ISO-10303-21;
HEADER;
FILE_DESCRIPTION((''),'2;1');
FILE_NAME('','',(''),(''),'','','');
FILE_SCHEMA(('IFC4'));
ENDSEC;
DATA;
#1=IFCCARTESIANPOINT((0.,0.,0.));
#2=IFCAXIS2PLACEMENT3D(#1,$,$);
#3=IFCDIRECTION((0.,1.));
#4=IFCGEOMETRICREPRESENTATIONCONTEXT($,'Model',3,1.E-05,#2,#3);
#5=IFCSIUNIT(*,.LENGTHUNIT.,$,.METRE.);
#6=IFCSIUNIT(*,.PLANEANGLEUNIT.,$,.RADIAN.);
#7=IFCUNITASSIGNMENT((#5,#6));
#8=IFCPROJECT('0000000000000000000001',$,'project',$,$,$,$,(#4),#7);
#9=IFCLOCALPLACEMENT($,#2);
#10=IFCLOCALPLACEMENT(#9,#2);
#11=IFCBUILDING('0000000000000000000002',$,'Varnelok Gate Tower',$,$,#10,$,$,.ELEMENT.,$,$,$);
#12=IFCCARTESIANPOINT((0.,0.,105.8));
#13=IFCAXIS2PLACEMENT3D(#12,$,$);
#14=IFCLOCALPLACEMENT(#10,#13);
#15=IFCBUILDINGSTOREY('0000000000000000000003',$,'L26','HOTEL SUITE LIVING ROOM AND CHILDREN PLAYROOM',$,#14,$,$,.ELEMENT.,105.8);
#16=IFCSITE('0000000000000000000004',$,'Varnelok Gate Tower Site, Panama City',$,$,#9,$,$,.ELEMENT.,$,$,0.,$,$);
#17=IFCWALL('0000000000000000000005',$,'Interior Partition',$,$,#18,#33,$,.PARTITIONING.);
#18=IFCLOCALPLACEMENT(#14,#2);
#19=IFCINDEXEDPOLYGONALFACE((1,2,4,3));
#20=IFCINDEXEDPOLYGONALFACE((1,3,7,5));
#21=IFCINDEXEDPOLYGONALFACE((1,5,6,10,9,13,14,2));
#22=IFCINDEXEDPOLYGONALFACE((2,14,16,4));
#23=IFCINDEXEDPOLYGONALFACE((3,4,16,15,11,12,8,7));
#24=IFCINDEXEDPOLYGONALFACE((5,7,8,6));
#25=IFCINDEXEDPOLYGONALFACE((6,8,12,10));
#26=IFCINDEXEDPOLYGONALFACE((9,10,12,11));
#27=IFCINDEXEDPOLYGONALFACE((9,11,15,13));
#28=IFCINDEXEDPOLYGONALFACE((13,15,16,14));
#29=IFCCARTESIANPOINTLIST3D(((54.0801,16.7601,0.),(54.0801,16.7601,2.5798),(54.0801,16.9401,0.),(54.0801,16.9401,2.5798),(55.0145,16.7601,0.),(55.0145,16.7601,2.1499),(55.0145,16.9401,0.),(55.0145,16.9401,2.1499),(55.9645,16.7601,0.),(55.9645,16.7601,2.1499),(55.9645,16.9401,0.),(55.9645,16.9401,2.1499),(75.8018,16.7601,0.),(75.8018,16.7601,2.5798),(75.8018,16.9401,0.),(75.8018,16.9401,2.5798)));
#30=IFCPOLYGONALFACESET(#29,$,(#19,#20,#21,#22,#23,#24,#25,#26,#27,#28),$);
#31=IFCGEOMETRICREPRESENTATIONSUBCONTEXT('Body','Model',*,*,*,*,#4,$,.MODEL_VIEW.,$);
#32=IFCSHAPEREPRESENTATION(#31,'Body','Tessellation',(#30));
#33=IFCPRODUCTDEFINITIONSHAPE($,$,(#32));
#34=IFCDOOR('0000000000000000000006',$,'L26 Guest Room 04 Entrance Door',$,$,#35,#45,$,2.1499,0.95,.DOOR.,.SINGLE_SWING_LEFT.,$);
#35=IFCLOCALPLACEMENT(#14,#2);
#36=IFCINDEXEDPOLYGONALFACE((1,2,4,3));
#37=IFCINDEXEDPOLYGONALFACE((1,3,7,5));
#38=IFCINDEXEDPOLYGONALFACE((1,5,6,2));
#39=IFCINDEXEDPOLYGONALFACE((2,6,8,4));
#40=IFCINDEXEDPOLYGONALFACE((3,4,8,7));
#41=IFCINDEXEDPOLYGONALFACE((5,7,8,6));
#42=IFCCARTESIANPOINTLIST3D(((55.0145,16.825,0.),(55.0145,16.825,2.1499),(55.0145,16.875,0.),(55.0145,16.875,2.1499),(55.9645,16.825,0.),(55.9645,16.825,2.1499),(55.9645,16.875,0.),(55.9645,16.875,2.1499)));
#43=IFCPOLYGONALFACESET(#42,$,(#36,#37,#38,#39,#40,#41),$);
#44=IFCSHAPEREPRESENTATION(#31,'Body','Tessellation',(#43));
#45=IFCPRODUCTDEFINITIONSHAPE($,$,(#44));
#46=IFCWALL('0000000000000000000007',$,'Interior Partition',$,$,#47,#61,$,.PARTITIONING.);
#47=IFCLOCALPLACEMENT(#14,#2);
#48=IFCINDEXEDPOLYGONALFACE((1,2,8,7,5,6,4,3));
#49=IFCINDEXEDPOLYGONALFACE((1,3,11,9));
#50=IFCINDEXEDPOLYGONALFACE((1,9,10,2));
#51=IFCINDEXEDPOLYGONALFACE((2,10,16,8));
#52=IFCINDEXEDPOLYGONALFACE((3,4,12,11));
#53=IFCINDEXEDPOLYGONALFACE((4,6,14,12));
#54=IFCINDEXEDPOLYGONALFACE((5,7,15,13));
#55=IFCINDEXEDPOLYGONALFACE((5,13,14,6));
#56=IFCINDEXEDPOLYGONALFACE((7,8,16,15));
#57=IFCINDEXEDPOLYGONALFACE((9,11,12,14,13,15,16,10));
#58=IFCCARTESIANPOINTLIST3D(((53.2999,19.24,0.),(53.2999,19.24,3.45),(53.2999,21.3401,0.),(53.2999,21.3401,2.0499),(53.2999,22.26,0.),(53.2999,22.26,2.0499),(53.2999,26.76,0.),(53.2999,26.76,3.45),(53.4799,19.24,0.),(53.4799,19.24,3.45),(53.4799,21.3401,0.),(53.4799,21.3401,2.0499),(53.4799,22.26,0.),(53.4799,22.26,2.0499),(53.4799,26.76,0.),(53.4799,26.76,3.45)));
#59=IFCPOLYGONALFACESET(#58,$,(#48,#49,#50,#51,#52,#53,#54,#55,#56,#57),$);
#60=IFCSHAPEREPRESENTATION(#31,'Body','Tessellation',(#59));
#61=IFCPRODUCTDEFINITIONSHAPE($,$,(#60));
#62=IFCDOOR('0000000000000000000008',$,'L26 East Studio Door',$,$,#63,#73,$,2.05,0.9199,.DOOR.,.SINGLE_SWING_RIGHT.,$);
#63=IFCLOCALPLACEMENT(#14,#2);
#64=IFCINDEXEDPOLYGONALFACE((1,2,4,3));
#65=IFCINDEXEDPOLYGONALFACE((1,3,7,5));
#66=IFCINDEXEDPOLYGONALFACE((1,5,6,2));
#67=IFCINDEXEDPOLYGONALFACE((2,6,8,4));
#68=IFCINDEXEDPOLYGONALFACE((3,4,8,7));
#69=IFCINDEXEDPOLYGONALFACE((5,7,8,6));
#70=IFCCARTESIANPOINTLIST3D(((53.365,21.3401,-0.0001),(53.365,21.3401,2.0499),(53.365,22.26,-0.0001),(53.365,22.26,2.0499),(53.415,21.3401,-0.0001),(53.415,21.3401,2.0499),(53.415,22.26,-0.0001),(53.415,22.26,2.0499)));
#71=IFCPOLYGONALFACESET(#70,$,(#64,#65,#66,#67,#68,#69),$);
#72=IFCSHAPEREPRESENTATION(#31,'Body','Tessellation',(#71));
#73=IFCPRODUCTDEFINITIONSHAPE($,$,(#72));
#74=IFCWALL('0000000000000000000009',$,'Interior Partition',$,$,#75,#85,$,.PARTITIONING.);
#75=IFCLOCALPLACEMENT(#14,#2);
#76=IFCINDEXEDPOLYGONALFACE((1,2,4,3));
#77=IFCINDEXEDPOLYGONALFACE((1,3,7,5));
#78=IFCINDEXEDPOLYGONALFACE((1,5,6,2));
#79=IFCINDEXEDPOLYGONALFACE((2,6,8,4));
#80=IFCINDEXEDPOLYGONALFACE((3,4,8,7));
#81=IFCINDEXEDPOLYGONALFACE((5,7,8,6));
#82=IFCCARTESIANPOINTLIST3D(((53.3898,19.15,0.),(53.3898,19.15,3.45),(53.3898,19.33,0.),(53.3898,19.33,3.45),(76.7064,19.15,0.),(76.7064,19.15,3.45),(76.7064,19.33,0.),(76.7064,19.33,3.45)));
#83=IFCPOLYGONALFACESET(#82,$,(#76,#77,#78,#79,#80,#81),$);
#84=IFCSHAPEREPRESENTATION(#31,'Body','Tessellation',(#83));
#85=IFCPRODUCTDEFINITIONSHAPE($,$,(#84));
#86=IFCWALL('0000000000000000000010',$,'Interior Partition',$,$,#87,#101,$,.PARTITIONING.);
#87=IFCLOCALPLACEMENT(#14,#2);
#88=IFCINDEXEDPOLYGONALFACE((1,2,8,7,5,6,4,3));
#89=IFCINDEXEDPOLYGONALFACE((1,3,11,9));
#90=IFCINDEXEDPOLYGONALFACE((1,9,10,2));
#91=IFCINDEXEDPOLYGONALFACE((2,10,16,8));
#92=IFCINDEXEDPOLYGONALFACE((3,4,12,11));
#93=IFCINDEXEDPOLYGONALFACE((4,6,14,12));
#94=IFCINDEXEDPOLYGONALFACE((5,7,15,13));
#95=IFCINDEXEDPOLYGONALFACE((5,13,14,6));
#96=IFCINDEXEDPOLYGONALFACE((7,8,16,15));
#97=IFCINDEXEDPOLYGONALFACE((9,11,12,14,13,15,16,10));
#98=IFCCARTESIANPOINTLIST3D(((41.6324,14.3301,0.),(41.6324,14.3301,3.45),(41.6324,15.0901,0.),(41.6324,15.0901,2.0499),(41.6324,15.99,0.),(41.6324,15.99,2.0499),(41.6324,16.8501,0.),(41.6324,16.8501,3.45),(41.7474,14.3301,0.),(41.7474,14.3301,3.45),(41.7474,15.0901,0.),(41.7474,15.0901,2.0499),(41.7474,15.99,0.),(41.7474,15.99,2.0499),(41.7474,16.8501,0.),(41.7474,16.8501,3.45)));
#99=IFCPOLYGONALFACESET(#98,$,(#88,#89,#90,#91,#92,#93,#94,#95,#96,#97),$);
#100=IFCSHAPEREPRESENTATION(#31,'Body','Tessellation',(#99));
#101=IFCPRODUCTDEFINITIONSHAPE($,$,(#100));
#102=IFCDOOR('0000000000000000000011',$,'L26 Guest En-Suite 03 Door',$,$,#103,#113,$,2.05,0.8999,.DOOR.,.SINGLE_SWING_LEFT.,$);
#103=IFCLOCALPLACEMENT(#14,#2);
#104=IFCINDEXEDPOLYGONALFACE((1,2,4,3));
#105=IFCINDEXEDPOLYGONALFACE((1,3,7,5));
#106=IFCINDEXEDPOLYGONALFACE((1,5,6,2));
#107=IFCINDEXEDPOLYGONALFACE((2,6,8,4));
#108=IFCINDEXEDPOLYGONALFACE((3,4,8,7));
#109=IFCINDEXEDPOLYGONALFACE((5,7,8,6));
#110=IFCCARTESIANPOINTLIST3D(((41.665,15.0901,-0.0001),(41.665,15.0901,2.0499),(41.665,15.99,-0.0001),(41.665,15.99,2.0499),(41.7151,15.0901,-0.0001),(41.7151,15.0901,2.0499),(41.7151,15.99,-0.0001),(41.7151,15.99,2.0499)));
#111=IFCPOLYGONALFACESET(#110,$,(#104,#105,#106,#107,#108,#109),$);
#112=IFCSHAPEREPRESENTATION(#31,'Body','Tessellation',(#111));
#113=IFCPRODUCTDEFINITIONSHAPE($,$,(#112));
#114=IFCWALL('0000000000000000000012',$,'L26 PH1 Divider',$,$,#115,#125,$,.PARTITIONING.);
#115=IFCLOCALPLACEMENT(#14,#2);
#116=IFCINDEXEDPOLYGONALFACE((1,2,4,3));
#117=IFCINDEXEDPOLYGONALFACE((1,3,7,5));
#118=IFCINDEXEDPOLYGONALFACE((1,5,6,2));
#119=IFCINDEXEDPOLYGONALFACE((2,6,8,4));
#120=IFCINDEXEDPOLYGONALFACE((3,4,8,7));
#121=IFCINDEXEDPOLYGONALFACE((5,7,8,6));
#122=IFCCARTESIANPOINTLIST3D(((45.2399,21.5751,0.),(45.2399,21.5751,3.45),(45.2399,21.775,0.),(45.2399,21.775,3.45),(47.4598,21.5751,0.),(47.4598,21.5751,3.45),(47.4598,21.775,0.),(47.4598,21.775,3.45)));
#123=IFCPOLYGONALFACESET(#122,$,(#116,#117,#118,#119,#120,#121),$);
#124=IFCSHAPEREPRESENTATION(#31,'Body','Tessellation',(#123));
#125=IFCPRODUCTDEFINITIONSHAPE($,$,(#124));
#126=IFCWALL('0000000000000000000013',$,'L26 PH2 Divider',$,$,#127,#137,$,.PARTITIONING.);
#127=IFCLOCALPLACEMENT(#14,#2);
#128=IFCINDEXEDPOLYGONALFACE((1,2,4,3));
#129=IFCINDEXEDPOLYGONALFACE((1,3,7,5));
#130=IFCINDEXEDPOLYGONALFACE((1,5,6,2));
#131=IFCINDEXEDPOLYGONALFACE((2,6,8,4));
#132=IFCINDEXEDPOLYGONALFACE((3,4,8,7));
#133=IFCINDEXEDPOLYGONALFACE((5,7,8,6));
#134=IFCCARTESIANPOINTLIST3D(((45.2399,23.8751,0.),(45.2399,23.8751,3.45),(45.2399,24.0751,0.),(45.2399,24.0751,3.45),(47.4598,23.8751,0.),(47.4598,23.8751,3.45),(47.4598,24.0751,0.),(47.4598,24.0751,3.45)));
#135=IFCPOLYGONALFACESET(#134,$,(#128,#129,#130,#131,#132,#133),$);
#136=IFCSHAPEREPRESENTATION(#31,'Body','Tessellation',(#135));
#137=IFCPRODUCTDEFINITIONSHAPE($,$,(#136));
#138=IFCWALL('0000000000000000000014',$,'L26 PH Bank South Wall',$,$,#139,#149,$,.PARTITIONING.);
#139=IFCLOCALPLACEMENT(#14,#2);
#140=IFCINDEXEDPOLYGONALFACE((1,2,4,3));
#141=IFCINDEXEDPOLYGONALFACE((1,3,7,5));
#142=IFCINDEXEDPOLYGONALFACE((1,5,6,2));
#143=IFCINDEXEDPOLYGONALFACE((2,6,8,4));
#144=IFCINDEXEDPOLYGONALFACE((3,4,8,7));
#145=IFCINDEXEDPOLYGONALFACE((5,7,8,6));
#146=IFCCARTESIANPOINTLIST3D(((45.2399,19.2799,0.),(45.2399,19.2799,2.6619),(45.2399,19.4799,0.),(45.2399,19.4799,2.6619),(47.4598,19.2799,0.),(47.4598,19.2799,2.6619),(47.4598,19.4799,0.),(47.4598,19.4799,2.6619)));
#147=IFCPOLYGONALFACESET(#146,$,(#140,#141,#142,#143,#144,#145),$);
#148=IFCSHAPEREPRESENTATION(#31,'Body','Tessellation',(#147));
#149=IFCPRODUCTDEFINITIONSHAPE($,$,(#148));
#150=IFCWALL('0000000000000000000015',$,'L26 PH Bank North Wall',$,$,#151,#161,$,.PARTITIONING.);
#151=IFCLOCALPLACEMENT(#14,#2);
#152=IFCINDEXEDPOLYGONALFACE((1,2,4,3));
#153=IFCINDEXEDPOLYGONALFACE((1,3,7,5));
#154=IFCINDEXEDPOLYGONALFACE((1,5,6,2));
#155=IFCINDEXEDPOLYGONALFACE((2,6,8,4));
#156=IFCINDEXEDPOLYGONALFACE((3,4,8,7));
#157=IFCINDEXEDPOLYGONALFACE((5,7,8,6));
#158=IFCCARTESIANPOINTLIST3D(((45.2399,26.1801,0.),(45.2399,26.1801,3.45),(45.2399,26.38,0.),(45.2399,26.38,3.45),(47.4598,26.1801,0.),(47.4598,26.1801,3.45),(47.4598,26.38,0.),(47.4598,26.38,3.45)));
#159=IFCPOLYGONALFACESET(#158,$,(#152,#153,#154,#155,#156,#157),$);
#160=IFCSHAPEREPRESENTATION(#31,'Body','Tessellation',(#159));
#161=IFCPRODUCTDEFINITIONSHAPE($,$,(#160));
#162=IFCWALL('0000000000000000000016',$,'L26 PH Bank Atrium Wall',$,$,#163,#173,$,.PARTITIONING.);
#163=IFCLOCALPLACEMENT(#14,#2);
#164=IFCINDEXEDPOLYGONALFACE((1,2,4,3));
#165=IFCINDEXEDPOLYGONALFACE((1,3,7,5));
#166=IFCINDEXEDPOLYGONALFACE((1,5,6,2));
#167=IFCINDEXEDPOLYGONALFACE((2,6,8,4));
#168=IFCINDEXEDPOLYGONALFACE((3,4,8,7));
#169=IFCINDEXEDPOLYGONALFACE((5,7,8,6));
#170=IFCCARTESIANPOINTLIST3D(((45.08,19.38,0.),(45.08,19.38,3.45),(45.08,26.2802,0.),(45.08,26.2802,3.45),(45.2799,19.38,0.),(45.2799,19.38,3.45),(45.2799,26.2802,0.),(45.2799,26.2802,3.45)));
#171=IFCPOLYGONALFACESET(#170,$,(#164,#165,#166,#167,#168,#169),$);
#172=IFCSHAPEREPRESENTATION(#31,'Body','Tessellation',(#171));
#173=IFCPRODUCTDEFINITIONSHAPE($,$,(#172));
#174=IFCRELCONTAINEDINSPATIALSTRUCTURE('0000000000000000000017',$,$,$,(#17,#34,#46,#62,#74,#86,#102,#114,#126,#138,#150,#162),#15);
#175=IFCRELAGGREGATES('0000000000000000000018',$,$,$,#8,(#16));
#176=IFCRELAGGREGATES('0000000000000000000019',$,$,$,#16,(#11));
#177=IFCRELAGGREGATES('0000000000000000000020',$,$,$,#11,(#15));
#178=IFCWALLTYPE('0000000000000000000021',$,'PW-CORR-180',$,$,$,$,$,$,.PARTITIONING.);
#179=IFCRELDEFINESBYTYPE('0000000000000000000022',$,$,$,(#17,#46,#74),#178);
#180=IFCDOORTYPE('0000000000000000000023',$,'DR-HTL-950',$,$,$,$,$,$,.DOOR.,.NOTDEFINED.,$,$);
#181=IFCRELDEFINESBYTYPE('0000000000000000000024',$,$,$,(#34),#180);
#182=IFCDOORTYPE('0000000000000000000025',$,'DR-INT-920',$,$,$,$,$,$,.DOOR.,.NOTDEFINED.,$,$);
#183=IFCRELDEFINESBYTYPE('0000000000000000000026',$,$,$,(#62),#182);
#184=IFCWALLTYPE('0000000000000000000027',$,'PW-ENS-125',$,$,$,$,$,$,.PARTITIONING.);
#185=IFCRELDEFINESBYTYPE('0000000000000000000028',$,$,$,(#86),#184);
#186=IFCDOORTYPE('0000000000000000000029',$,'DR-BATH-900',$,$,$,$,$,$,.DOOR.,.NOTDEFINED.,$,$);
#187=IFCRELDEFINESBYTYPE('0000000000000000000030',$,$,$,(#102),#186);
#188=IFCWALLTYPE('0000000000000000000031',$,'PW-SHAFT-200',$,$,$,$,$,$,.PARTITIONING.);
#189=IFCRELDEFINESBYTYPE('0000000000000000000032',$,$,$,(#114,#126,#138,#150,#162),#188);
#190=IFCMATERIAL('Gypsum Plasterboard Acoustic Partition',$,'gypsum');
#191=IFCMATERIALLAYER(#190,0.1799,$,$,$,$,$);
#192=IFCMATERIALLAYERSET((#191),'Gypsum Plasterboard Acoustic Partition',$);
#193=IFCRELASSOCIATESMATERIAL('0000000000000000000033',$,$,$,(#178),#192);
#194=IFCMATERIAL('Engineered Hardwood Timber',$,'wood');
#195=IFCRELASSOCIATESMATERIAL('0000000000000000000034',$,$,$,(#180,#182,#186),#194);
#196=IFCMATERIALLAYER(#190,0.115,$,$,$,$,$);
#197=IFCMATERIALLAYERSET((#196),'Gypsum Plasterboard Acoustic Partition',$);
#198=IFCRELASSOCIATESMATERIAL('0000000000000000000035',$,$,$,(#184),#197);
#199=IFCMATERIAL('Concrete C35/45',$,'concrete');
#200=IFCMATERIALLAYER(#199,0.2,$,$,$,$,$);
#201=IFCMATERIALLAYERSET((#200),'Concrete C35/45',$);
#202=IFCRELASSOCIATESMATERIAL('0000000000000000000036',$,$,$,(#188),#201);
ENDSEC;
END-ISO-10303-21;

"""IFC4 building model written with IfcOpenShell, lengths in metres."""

from ifc_helpers import new_model, si_unit, direction, frame, frame_2d, origin, place, context, subcontext, project, spatial, rectangle, extrude, material, layer, layer_set, type_object, element, fill, save


model = new_model("IFC4")

# Units and contexts
model_context = context("Model", 3, precision=1e-05, world=origin(), true_north=direction((0.0, 1.0)))
body_context = subcontext(model_context, "Body", "Model", "MODEL_VIEW")
ifc_project = project(units=[si_unit("LENGTHUNIT", "METRE"), si_unit("PLANEANGLEUNIT", "RADIAN")], contexts=[model_context])

# Site, building, storey
site_placement = place(None, origin())
site = spatial("IfcSite", under=ifc_project, at=site_placement, Name="Varnelok Gate Tower Site, Panama City", CompositionType="ELEMENT", RefElevation=0.0)
building_placement = place(site_placement, origin())
building = spatial("IfcBuilding", under=site, at=building_placement, Name="Varnelok Gate Tower", CompositionType="ELEMENT")
storey_placement = place(building_placement, frame((0.0, 0.0, 105.8)))
storey = spatial("IfcBuildingStorey", under=building, at=storey_placement, Name="L26", Description="HOTEL SUITE LIVING ROOM AND CHILDREN PLAYROOM", CompositionType="ELEMENT", Elevation=105.8)

# Walls, openings, doors
ifc_material_1 = material(Name="Gypsum Plasterboard Acoustic Partition", Category="gypsum")
ifc_layer_1 = layer(ifc_material_1, 0.1799)
ifc_layer_set_1 = layer_set([ifc_layer_1], Name="Gypsum Plasterboard Acoustic Partition")
wall_type_1 = type_object("IfcWallType", Name="PW-CORR-180", PredefinedType="PARTITIONING", material=ifc_layer_set_1)
ifc_material_2 = material(Name="Engineered Hardwood Timber", Category="wood")
door_type_1 = type_object("IfcDoorType", Name="DR-HTL-950", OperationType="NOTDEFINED", PredefinedType="DOOR", material=ifc_material_2)
wall_1_placement = place(storey_placement, frame((54.0801, 16.8501, 0.0), z_axis=(0.0, 0.0, 1.0), x_axis=(1.0, 0.0, 0.0)))
wall_1 = element("IfcWall", 1, at=wall_1_placement, inside=storey, type_object=wall_type_1, Name="Interior Partition", PredefinedType="PARTITIONING", context=body_context, shape_type="SweptSolid", body=[
    extrude(rectangle(XDim=21.7217, YDim=0.1799, at=frame_2d((10.8608, 0.0))), origin(), (0.0, 0.0, 1.0), 2.5798),
])
opening_1_placement = place(wall_1_placement, frame((0.9343, 0.0, 0.0)))
opening_1 = element("IfcOpeningElement", 2, at=opening_1_placement, cuts=wall_1, PredefinedType="OPENING", context=body_context, shape_type="SweptSolid", body=[
    extrude(rectangle(XDim=0.95, YDim=2.1499, at=frame_2d((0.4751, 1.075))), frame((0.0, 0.0999, 0.0), z_axis=(0.0, -1.0, 0.0), x_axis=(1.0, 0.0, 0.0)), (0.0, 0.0, 1.0), 0.2),
])
door_1_placement = place(opening_1_placement, origin())
door_1 = element("IfcDoor", 3, at=door_1_placement, inside=storey, type_object=door_type_1, Name="L26 Guest Room 04 Entrance Door", OperationType="SINGLE_SWING_LEFT", OverallHeight=2.1499, OverallWidth=0.95, PredefinedType="DOOR", context=body_context, shape_type="SweptSolid", body=[
    extrude(rectangle(XDim=0.95, YDim=2.1499, at=frame_2d((0.4751, 1.075))), frame((0.0, 0.0249, 0.0), z_axis=(0.0, -1.0, 0.0), x_axis=(1.0, 0.0, 0.0)), (0.0, 0.0, 1.0), 0.05),
])
fill(opening_1, door_1)
wall_2_placement = place(storey_placement, frame((53.3899, 19.24, 0.0), z_axis=(0.0, 0.0, 1.0), x_axis=(0.0, 1.0, 0.0)))
wall_2 = element("IfcWall", 4, at=wall_2_placement, inside=storey, type_object=wall_type_1, Name="Interior Partition", PredefinedType="PARTITIONING", context=body_context, shape_type="SweptSolid", body=[
    extrude(rectangle(XDim=7.52, YDim=0.1799, at=frame_2d((3.76, 0.0))), origin(), (0.0, 0.0, 1.0), 3.45),
])
opening_2_placement = place(wall_2_placement, frame((2.1001, 0.0, 0.0)))
opening_2 = element("IfcOpeningElement", 5, at=opening_2_placement, cuts=wall_2, PredefinedType="OPENING", context=body_context, shape_type="SweptSolid", body=[
    extrude(rectangle(XDim=0.9199, YDim=2.05, at=frame_2d((0.46, 1.0249))), frame((0.0, 0.0999, 0.0), z_axis=(0.0, -1.0, 0.0), x_axis=(1.0, 0.0, 0.0)), (0.0, 0.0, 1.0), 0.2),
])
door_type_2 = type_object("IfcDoorType", Name="DR-INT-920", OperationType="NOTDEFINED", PredefinedType="DOOR", material=ifc_material_2)
door_2_placement = place(opening_2_placement, origin())
door_2 = element("IfcDoor", 6, at=door_2_placement, inside=storey, type_object=door_type_2, Name="L26 East Studio Door", OperationType="SINGLE_SWING_RIGHT", OverallHeight=2.05, OverallWidth=0.9199, PredefinedType="DOOR", context=body_context, shape_type="SweptSolid", body=[
    extrude(rectangle(XDim=0.9199, YDim=2.05, at=frame_2d((0.46, 1.0249))), frame((0.0, 0.0249, 0.0), z_axis=(0.0, -1.0, 0.0), x_axis=(1.0, 0.0, 0.0)), (0.0, 0.0, 1.0), 0.05),
])
fill(opening_2, door_2)

# Wall
wall_3_placement = place(storey_placement, frame((53.3899, 19.24, 0.0), z_axis=(0.0, 0.0, 1.0), x_axis=(1.0, 0.0, 0.0)))
element("IfcWall", 7, at=wall_3_placement, inside=storey, type_object=wall_type_1, Name="Interior Partition", PredefinedType="PARTITIONING", context=body_context, shape_type="SweptSolid", body=[
    extrude(rectangle(XDim=23.3167, YDim=0.1799, at=frame_2d((11.6582, 0.0))), origin(), (0.0, 0.0, 1.0), 3.45),
])

# Wall, opening, door
ifc_layer_2 = layer(ifc_material_1, 0.115)
ifc_layer_set_2 = layer_set([ifc_layer_2], Name="Gypsum Plasterboard Acoustic Partition")
wall_type_2 = type_object("IfcWallType", Name="PW-ENS-125", PredefinedType="PARTITIONING", material=ifc_layer_set_2)
wall_4_placement = place(storey_placement, frame((41.6899, 14.3301, 0.0), z_axis=(0.0, 0.0, 1.0), x_axis=(0.0, 1.0, 0.0)))
wall_4 = element("IfcWall", 8, at=wall_4_placement, inside=storey, type_object=wall_type_2, Name="Interior Partition", PredefinedType="PARTITIONING", context=body_context, shape_type="SweptSolid", body=[
    extrude(rectangle(XDim=2.52, YDim=0.115, at=frame_2d((1.26, 0.0))), origin(), (0.0, 0.0, 1.0), 3.45),
])
opening_3_placement = place(wall_4_placement, frame((0.76, 0.0, 0.0)))
opening_3 = element("IfcOpeningElement", 9, at=opening_3_placement, cuts=wall_4, PredefinedType="OPENING", context=body_context, shape_type="SweptSolid", body=[
    extrude(rectangle(XDim=0.8999, YDim=2.05, at=frame_2d((0.45, 1.0249))), frame((0.0, 0.0674, 0.0), z_axis=(0.0, -1.0, 0.0), x_axis=(1.0, 0.0, 0.0)), (0.0, 0.0, 1.0), 0.135),
])
door_type_3 = type_object("IfcDoorType", Name="DR-BATH-900", OperationType="NOTDEFINED", PredefinedType="DOOR", material=ifc_material_2)
door_3_placement = place(opening_3_placement, origin())
door_3 = element("IfcDoor", 10, at=door_3_placement, inside=storey, type_object=door_type_3, Name="L26 Guest En-Suite 03 Door", OperationType="SINGLE_SWING_LEFT", OverallHeight=2.05, OverallWidth=0.8999, PredefinedType="DOOR", context=body_context, shape_type="SweptSolid", body=[
    extrude(rectangle(XDim=0.8999, YDim=2.05, at=frame_2d((0.45, 1.0249))), frame((0.0, 0.0249, 0.0), z_axis=(0.0, -1.0, 0.0), x_axis=(1.0, 0.0, 0.0)), (0.0, 0.0, 1.0), 0.05),
])
fill(opening_3, door_3)

# Walls
ifc_material_3 = material(Name="Concrete C35/45", Category="concrete")
ifc_layer_3 = layer(ifc_material_3, 0.2)
ifc_layer_set_3 = layer_set([ifc_layer_3], Name="Concrete C35/45")
wall_type_3 = type_object("IfcWallType", Name="PW-SHAFT-200", PredefinedType="PARTITIONING", material=ifc_layer_set_3)
for number, where, z_axis, x_axis, name in (
    (11, (45.24, 21.675, 0.0), (0.0, 0.0, 1.0), (1.0, 0.0, 0.0), "L26 PH1 Divider"),
    (12, (45.24, 23.9751, 0.0), (0.0, 0.0, 1.0), (1.0, 0.0, 0.0), "L26 PH2 Divider"),
):
    element("IfcWall", number, at=place(storey_placement, frame(where, z_axis=z_axis, x_axis=x_axis)), inside=storey, type_object=wall_type_3, Name=name, PredefinedType="PARTITIONING", context=body_context, shape_type="SweptSolid", body=[
        extrude(rectangle(XDim=2.22, YDim=0.2, at=frame_2d((1.1099, 0.0))), origin(), (0.0, 0.0, 1.0), 3.45),
    ])
wall_5_placement = place(storey_placement, frame((45.24, 19.3799, 0.0), z_axis=(0.0, 0.0, 1.0), x_axis=(1.0, 0.0, 0.0)))
element("IfcWall", 13, at=wall_5_placement, inside=storey, type_object=wall_type_3, Name="L26 PH Bank South Wall", PredefinedType="PARTITIONING", context=body_context, shape_type="SweptSolid", body=[
    extrude(rectangle(XDim=2.22, YDim=0.2, at=frame_2d((1.1099, 0.0))), origin(), (0.0, 0.0, 1.0), 2.6619),
])
wall_6_placement = place(storey_placement, frame((45.24, 26.28, 0.0), z_axis=(0.0, 0.0, 1.0), x_axis=(1.0, 0.0, 0.0)))
element("IfcWall", 14, at=wall_6_placement, inside=storey, type_object=wall_type_3, Name="L26 PH Bank North Wall", PredefinedType="PARTITIONING", context=body_context, shape_type="SweptSolid", body=[
    extrude(rectangle(XDim=2.22, YDim=0.2, at=frame_2d((1.1099, 0.0))), origin(), (0.0, 0.0, 1.0), 3.45),
])
for number, where, z_axis, x_axis, name in (
    (15, (45.1799, 19.3799, 0.0), (0.0, 0.0, 1.0), (0.0, 1.0, 0.0), "L26 PH Bank Atrium Wall"),
):
    element("IfcWall", number, at=place(storey_placement, frame(where, z_axis=z_axis, x_axis=x_axis)), inside=storey, type_object=wall_type_3, Name=name, PredefinedType="PARTITIONING", context=body_context, shape_type="SweptSolid", body=[
        extrude(rectangle(XDim=6.9001, YDim=0.2, at=frame_2d((3.4502, 0.0))), origin(), (0.0, 0.0, 1.0), 3.45),
    ])

save(model, "model.ifc")
